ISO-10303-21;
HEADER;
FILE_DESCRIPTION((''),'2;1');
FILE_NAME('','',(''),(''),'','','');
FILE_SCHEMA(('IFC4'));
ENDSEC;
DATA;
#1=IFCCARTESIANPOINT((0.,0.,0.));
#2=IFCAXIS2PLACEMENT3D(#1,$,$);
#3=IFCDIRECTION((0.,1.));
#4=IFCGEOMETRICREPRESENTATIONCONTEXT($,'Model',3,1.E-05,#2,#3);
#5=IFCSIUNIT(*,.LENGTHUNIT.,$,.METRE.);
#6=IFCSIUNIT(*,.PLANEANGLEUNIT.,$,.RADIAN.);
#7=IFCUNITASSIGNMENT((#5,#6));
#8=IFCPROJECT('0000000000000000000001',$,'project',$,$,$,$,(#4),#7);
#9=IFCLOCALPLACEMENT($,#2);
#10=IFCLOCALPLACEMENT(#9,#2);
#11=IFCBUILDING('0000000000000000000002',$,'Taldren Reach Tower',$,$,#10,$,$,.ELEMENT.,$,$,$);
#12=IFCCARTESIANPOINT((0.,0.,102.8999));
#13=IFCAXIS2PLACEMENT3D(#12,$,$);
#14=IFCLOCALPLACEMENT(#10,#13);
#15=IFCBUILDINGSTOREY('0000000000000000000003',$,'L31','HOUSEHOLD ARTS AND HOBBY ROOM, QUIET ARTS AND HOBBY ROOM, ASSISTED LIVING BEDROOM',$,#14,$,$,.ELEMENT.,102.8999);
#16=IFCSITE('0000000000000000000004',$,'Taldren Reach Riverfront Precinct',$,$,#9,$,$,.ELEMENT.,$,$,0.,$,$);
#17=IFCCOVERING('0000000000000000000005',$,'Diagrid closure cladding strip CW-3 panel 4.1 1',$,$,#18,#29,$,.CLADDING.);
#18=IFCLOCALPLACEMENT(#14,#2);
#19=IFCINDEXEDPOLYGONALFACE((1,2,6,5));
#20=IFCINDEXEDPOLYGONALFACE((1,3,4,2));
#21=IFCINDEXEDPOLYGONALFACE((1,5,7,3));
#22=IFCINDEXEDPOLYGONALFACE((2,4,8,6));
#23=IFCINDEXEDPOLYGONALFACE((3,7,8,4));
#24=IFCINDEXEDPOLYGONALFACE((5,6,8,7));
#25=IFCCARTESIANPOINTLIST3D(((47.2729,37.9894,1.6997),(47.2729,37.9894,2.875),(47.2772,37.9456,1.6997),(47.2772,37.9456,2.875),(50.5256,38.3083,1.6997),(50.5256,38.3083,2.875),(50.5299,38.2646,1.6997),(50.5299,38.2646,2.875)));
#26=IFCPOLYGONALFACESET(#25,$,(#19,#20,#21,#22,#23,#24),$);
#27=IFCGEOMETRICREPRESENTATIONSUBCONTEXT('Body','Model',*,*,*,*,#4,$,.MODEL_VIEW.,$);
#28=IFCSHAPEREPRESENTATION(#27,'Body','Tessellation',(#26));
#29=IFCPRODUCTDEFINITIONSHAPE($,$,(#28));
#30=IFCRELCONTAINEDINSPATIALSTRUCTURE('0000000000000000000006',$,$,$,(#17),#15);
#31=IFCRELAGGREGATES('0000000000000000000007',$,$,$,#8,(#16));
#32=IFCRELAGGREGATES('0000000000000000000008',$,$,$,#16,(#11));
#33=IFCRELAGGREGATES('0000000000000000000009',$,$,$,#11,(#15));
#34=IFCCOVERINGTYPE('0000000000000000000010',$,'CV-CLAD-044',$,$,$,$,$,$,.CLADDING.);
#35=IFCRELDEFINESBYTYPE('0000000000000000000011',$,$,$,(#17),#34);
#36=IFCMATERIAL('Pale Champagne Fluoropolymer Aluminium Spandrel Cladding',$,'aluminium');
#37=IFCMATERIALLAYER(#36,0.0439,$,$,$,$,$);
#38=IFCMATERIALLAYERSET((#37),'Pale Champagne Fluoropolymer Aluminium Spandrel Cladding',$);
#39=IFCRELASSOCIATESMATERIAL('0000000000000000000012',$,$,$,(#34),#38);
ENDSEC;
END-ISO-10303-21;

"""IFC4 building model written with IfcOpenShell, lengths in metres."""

from ifc_helpers import new_model, si_unit, direction, frame, origin, origin_2d, place, context, subcontext, project, spatial, rectangle, extrude, source, transform, mapped, material, layer, layer_set, type_object, element, save


model = new_model("IFC4")

# Units and contexts
model_context = context("Model", 3, precision=1e-05, world=origin(), true_north=direction((0.0, 1.0)))
body_context = subcontext(model_context, "Body", "Model", "MODEL_VIEW")
ifc_project = project(units=[si_unit("LENGTHUNIT", "METRE"), si_unit("PLANEANGLEUNIT", "RADIAN")], contexts=[model_context])

# Site, building, storey
site_placement = place(None, origin())
site = spatial("IfcSite", under=ifc_project, at=site_placement, Name="Taldren Reach Riverfront Precinct", CompositionType="ELEMENT", RefElevation=0.0)
building_placement = place(site_placement, origin())
building = spatial("IfcBuilding", under=site, at=building_placement, Name="Taldren Reach Tower", CompositionType="ELEMENT")
storey_placement = place(building_placement, frame((0.0, 0.0, 102.8999)))
storey = spatial("IfcBuildingStorey", under=building, at=storey_placement, Name="L31", Description="HOUSEHOLD ARTS AND HOBBY ROOM, QUIET ARTS AND HOBBY ROOM, ASSISTED LIVING BEDROOM", CompositionType="ELEMENT", Elevation=102.8999)

# Covering
ifc_material_1 = material(Name="Pale Champagne Fluoropolymer Aluminium Spandrel Cladding", Category="aluminium")
ifc_layer_1 = layer(ifc_material_1, 0.0439)
ifc_layer_set_1 = layer_set([ifc_layer_1], Name="Pale Champagne Fluoropolymer Aluminium Spandrel Cladding")
covering_type = type_object("IfcCoveringType", Name="CV-CLAD-044", PredefinedType="CLADDING", material=ifc_layer_set_1)
shared_shape_1 = source(origin(), body_context, "Body", "SweptSolid", [
    extrude(rectangle(XDim=3.2683, YDim=0.0439, at=origin_2d()), origin(), (0.0, 0.0, 1.0), 1.1753),
])
covering_1_placement = place(storey_placement, frame((48.9014, 38.127, 1.6997), z_axis=(0.0, 0.0, 1.0), x_axis=(-0.995227, -0.097583, 0.0)))
element("IfcCovering", 1, at=covering_1_placement, inside=storey, type_object=covering_type, Name="Diagrid closure cladding strip CW-3 panel 4.1 1", PredefinedType="CLADDING", context=body_context, shape_type="MappedRepresentation", body=[
    mapped(shared_shape_1, transform((0.0, 0.0, 0.0), scale=1.0)),
])

save(model, "model.ifc")
